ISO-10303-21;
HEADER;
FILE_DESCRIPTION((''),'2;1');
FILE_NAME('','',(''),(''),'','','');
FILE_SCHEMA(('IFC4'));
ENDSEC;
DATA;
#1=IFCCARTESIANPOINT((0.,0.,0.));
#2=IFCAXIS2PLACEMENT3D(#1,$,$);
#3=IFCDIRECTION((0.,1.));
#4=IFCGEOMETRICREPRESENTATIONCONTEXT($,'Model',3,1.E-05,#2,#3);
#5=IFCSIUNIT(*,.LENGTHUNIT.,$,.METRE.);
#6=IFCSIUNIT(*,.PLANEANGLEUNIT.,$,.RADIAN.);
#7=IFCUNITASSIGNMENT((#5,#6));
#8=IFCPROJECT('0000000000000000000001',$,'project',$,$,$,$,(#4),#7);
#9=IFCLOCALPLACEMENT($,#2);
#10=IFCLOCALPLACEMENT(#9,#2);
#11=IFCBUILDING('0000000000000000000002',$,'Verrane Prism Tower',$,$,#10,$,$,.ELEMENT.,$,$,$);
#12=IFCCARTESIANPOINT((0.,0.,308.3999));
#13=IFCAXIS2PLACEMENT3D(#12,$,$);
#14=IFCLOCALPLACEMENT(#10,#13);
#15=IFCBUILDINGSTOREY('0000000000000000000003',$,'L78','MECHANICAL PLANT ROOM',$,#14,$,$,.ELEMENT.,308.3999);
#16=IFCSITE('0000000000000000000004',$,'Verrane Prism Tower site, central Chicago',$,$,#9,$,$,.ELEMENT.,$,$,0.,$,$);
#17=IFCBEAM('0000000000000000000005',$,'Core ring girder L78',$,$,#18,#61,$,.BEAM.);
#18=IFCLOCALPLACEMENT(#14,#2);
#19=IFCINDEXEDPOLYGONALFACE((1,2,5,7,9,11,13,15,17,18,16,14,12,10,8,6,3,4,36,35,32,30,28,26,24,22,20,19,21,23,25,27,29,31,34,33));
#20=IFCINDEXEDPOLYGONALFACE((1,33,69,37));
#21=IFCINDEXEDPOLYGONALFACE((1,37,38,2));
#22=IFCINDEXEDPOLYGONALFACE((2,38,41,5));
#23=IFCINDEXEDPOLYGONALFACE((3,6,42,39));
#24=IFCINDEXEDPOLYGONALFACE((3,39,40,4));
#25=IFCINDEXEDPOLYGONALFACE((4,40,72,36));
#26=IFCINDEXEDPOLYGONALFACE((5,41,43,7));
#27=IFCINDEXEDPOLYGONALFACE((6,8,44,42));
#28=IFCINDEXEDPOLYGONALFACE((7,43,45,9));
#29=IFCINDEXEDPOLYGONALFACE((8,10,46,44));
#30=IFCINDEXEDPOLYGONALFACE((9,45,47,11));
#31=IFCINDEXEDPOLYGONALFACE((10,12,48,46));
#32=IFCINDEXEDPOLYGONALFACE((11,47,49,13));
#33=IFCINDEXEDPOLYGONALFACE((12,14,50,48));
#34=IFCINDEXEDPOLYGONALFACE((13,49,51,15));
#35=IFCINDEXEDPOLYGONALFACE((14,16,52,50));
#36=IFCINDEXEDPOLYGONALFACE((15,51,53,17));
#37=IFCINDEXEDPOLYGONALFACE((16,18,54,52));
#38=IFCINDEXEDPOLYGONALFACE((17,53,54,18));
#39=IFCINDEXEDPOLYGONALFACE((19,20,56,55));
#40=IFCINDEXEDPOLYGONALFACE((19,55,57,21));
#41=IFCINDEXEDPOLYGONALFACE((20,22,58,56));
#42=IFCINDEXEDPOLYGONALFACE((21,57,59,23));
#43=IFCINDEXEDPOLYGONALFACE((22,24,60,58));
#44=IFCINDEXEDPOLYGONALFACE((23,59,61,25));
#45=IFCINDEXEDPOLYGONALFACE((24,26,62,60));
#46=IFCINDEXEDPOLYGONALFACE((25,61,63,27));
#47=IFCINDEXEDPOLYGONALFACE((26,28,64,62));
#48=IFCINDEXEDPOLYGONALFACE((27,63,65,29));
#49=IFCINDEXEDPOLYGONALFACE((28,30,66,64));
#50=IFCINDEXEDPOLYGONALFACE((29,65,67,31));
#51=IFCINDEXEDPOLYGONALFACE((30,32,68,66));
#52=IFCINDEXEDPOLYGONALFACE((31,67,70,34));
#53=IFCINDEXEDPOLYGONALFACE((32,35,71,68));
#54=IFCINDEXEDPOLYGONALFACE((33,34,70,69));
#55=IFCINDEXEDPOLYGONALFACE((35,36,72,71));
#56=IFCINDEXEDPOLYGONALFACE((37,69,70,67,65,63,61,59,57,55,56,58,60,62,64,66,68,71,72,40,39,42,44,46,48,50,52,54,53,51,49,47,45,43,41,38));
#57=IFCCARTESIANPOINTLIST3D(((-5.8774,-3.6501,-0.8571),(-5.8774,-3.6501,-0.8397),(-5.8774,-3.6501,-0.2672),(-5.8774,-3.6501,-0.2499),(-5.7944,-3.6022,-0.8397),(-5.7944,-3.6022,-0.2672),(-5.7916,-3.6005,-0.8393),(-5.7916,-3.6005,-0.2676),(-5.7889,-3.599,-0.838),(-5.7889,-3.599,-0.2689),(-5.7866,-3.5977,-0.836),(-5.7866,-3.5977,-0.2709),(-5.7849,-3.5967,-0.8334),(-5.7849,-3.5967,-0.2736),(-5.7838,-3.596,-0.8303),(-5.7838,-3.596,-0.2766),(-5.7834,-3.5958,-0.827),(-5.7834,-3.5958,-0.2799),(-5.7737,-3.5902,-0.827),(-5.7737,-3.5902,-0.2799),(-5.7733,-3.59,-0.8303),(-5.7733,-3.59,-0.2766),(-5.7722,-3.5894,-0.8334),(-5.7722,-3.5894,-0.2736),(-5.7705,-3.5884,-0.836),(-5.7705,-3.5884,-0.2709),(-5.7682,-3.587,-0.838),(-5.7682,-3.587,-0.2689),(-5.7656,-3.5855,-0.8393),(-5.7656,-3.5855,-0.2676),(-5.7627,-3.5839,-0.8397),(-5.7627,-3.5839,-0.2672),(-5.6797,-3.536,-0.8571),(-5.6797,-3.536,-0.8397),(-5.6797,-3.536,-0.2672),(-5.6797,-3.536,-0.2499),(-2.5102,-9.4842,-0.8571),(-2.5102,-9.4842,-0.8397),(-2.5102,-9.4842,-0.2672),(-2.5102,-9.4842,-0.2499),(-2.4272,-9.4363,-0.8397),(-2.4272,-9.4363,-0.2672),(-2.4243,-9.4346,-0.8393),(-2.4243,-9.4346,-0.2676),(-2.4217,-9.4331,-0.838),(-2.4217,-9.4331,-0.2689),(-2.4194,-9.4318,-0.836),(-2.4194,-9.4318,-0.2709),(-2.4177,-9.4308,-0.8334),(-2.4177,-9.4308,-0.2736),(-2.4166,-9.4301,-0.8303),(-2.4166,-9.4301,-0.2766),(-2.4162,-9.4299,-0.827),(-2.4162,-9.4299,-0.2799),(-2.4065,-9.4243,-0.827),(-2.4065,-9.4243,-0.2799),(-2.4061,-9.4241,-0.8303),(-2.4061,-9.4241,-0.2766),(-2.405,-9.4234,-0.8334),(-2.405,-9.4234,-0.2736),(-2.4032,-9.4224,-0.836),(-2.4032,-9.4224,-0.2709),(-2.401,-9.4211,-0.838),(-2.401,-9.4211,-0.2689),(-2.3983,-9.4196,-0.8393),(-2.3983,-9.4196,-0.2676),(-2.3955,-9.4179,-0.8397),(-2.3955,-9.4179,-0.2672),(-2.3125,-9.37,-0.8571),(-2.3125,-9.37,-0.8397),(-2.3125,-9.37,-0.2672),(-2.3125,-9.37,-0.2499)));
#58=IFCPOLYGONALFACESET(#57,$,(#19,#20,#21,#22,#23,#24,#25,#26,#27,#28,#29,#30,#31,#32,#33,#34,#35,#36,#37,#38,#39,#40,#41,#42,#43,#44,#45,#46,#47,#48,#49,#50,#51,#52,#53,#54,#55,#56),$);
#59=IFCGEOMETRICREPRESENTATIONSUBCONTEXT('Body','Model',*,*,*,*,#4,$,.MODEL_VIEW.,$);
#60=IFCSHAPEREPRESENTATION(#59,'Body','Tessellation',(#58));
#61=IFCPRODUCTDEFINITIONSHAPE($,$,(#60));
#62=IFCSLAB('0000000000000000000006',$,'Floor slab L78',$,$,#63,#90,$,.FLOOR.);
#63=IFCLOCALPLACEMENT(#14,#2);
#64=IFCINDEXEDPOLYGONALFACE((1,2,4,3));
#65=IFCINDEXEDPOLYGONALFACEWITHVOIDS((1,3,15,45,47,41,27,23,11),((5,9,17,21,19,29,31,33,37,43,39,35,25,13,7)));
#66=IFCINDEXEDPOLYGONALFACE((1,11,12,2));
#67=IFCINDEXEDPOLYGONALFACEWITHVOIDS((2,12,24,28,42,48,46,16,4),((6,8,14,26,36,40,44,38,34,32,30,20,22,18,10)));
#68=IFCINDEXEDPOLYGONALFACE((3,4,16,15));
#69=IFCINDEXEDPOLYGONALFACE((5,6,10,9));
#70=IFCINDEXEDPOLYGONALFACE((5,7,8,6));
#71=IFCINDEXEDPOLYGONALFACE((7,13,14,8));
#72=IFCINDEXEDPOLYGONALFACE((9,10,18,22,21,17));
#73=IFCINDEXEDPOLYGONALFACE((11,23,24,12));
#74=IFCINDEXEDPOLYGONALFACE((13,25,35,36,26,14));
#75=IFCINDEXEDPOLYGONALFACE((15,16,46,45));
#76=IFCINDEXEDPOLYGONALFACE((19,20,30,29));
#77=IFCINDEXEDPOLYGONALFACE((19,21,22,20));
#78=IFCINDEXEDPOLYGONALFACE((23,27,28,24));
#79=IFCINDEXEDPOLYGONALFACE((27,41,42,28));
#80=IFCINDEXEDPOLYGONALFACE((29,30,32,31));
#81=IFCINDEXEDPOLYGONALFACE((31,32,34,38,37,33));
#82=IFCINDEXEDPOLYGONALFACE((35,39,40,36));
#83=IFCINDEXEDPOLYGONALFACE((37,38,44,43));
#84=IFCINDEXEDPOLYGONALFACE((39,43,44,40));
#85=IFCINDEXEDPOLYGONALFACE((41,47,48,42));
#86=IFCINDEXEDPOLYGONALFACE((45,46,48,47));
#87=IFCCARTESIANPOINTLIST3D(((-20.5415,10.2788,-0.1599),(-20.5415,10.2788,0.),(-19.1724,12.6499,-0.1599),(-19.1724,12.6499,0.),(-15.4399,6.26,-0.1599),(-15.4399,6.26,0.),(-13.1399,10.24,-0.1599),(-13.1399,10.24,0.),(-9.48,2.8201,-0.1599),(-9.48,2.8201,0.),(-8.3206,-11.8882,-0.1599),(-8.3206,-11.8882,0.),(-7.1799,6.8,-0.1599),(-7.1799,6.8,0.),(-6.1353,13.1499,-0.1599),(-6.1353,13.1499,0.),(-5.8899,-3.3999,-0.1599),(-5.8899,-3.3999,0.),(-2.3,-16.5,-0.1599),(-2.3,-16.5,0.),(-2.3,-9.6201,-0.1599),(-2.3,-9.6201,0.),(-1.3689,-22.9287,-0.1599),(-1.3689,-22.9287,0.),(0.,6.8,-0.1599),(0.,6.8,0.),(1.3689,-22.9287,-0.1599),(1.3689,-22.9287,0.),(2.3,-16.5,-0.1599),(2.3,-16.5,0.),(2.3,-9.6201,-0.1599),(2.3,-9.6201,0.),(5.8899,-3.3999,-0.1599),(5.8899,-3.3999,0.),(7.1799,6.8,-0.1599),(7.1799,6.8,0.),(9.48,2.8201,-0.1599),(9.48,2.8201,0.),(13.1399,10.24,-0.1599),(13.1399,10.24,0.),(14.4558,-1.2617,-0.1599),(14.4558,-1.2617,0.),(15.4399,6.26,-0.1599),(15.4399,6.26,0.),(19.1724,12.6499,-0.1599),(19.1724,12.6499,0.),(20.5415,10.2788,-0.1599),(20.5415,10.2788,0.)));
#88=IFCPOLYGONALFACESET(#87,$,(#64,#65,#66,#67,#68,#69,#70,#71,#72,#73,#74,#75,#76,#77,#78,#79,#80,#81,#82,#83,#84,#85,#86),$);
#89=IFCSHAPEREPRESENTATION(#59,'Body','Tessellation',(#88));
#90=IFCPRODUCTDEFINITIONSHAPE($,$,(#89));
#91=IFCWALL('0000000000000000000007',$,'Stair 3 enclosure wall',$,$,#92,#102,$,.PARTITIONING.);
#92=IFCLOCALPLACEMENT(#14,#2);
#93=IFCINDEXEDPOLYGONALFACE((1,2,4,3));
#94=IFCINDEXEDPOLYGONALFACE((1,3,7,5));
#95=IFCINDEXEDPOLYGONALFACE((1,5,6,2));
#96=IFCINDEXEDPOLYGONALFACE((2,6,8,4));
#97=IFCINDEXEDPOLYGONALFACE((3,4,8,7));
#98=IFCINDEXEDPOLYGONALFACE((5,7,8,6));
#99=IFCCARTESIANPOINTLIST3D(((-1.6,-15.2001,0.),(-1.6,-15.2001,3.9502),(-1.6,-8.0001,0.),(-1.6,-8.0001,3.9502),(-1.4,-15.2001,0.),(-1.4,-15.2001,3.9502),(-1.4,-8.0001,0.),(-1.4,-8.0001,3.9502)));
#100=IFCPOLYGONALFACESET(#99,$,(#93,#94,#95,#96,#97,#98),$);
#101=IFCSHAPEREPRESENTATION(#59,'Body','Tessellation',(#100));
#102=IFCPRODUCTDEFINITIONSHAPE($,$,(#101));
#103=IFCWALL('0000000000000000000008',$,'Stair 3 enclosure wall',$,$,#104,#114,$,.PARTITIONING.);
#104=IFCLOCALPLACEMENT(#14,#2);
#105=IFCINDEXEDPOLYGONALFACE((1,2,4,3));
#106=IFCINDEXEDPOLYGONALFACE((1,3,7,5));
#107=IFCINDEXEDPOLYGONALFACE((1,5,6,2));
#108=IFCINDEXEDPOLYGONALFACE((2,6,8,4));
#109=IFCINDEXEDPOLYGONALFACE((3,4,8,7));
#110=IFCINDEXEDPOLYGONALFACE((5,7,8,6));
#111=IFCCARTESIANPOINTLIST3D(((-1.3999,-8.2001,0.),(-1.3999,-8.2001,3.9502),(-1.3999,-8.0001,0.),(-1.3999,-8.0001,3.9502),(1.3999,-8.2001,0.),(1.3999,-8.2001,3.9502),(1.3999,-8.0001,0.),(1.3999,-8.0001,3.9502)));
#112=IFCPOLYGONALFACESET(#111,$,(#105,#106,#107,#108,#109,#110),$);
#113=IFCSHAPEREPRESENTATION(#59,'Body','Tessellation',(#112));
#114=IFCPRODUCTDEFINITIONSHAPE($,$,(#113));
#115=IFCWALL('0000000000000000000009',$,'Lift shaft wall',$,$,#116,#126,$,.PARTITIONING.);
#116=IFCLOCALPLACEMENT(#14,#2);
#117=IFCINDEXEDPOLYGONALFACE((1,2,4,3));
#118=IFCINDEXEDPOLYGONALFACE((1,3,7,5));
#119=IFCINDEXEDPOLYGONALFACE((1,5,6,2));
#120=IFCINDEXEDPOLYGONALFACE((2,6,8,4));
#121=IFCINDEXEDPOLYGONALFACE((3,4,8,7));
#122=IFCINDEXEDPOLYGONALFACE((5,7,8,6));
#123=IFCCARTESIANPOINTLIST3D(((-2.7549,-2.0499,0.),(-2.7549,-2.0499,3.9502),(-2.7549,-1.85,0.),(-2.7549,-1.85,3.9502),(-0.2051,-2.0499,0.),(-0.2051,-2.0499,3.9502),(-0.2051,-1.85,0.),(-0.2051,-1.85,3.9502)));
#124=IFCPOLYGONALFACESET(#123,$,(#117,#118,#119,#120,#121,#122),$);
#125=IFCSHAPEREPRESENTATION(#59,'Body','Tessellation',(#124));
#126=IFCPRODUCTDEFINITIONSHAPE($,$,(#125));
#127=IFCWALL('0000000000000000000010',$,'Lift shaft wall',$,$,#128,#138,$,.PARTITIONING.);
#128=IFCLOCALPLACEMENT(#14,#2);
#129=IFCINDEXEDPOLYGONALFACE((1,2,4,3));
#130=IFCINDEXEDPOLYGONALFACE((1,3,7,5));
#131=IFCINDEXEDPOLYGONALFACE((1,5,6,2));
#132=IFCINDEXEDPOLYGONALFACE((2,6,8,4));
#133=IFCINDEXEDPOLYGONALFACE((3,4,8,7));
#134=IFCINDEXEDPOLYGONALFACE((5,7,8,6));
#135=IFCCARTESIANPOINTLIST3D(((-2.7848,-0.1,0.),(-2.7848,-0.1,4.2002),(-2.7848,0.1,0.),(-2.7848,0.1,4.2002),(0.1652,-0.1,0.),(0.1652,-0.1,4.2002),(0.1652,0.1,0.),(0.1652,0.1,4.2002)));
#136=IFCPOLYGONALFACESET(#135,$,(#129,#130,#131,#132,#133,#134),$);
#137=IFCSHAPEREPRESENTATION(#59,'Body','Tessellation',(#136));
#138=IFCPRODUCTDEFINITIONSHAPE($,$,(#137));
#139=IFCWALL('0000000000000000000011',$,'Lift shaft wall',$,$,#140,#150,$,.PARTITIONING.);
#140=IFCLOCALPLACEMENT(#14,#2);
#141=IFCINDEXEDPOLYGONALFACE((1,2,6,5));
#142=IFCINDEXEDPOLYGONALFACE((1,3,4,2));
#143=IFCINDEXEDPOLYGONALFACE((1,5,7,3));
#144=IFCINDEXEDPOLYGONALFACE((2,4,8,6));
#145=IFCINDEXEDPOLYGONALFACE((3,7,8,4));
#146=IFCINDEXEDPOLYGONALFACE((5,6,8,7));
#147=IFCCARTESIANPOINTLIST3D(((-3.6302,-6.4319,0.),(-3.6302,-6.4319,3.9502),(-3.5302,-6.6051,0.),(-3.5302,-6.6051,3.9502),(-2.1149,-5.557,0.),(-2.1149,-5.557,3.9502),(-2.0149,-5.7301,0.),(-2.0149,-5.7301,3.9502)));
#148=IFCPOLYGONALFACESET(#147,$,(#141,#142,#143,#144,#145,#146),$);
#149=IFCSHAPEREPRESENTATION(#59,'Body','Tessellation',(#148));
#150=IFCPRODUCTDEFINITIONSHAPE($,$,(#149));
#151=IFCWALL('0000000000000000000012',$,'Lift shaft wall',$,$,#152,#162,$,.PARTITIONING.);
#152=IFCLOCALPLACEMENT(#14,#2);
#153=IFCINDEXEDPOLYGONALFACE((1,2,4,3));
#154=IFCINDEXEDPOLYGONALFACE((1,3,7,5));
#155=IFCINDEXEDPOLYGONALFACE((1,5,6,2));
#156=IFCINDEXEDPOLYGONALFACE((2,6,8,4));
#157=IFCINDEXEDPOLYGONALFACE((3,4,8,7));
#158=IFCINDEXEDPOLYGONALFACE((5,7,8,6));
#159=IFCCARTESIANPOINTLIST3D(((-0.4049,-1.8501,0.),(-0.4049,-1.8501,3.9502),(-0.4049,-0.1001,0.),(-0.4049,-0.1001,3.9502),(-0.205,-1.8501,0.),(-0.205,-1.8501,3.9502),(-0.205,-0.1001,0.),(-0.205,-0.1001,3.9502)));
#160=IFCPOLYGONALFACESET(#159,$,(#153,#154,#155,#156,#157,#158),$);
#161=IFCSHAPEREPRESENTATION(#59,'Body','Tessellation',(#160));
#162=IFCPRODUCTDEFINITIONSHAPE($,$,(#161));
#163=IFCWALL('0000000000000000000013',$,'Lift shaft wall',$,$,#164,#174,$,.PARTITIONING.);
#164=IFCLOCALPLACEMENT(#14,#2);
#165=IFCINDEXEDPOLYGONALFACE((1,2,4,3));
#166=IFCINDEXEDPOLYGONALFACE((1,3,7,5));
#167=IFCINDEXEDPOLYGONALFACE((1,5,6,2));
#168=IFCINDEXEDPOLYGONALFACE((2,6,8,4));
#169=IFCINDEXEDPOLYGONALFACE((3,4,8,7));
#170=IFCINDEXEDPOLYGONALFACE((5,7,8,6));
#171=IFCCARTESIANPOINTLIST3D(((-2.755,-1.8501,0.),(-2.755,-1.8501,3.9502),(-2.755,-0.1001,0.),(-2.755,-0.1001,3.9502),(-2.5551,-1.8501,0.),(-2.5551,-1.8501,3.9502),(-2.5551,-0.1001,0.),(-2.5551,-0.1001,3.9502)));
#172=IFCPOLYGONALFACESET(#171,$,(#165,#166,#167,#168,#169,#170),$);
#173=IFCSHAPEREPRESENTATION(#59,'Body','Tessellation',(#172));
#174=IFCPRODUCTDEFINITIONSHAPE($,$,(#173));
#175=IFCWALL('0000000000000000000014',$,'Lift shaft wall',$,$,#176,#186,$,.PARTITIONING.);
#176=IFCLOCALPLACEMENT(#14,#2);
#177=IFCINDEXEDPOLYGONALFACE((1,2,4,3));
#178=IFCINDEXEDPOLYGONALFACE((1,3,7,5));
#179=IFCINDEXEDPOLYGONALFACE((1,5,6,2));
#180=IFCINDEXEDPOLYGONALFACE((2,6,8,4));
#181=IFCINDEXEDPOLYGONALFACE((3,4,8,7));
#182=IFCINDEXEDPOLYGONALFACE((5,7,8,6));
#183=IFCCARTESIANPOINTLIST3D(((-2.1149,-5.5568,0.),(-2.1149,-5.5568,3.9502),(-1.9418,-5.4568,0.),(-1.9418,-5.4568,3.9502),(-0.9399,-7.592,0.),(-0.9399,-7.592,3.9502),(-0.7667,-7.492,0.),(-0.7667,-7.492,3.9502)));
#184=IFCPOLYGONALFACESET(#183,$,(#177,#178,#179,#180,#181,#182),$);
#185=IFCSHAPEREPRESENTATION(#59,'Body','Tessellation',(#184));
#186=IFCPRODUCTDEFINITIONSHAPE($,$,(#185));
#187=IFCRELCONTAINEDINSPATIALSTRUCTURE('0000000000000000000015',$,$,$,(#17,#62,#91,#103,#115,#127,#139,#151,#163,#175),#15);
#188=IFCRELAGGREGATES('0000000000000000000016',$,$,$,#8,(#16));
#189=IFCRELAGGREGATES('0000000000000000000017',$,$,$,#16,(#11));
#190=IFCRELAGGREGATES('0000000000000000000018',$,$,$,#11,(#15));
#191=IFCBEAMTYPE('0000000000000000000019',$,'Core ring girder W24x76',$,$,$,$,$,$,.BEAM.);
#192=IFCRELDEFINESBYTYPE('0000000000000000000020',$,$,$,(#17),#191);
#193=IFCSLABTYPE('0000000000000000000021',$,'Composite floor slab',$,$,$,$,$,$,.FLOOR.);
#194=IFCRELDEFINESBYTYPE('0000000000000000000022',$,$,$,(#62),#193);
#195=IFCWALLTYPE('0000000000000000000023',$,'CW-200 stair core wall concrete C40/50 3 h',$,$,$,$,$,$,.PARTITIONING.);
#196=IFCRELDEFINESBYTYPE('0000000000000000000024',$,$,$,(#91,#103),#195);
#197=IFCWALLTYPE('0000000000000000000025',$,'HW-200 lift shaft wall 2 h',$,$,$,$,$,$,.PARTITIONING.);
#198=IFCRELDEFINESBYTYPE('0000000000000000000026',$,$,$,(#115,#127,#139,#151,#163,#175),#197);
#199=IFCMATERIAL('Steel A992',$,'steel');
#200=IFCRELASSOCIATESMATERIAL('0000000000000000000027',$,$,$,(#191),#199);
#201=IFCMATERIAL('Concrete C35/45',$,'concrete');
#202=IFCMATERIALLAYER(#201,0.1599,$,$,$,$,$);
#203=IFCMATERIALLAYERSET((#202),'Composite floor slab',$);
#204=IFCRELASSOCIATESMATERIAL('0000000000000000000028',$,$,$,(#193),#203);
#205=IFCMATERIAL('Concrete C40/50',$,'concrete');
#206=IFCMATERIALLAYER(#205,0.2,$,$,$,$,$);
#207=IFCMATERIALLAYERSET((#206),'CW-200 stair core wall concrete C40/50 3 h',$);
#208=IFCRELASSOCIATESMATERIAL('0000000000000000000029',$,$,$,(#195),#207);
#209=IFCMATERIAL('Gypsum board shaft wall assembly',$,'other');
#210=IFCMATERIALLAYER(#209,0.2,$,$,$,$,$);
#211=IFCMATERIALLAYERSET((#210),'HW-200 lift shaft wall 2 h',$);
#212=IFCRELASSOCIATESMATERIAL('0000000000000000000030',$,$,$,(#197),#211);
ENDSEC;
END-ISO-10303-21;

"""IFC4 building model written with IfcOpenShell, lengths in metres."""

from ifc_helpers import new_model, si_unit, direction, frame, frame_2d, origin, origin_2d, place, context, subcontext, project, spatial, polyline, rectangle, i_section, outline, extrude, material, layer, layer_set, material_profile, profile_set, type_object, element, save


model = new_model("IFC4")

# Units and contexts
model_context = context("Model", 3, precision=1e-05, world=origin(), true_north=direction((0.0, 1.0)))
body_context = subcontext(model_context, "Body", "Model", "MODEL_VIEW")
ifc_project = project(units=[si_unit("LENGTHUNIT", "METRE"), si_unit("PLANEANGLEUNIT", "RADIAN")], contexts=[model_context])

# Site, building, storey
site_placement = place(None, origin())
site = spatial("IfcSite", under=ifc_project, at=site_placement, Name="Verrane Prism Tower site, central Chicago", CompositionType="ELEMENT", RefElevation=0.0)
building_placement = place(site_placement, origin())
building = spatial("IfcBuilding", under=site, at=building_placement, Name="Verrane Prism Tower", CompositionType="ELEMENT")
storey_placement = place(building_placement, frame((0.0, 0.0, 308.3999)))
storey = spatial("IfcBuildingStorey", under=building, at=storey_placement, Name="L78", Description="MECHANICAL PLANT ROOM", CompositionType="ELEMENT", Elevation=308.3999)

# Beam
ifc_material_1 = material(Name="Steel A992", Category="steel")
ifc_material_profile = material_profile(ifc_material_1, i_section(OverallWidth=0.2283, OverallDepth=0.6072, WebThickness=0.0112, FlangeThickness=0.0173, FilletRadius=0.0127, at=origin_2d()), Name="W24x76")
ifc_profile_set = profile_set([ifc_material_profile], Name="Steel A992")
beam_type = type_object("IfcBeamType", Name="Core ring girder W24x76", PredefinedType="BEAM", material=ifc_profile_set)
beam_placement = place(storey_placement, frame((-5.7786, -3.593, -0.5535), z_axis=(0.499881, -0.866094, 0.0), x_axis=(0.866094, 0.499881, 0.0)))
element("IfcBeam", 1, at=beam_placement, inside=storey, type_object=beam_type, Name="Core ring girder L78", PredefinedType="BEAM", context=body_context, shape_type="SweptSolid", body=[
    extrude(i_section(OverallWidth=0.2283, OverallDepth=0.6072, WebThickness=0.0112, FlangeThickness=0.0173, FilletRadius=0.0127, at=origin_2d()), origin(), (0.0, 0.0, 1.0), 6.7361),
])

# Slab
ifc_material_2 = material(Name="Concrete C35/45", Category="concrete")
ifc_layer_1 = layer(ifc_material_2, 0.1599)
ifc_layer_set_1 = layer_set([ifc_layer_1], Name="Composite floor slab")
slab_type = type_object("IfcSlabType", Name="Composite floor slab", PredefinedType="FLOOR", material=ifc_layer_set_1)
slab_placement = place(storey_placement, frame((0.0, 0.0, -0.1599)))
element("IfcSlab", 2, at=slab_placement, inside=storey, type_object=slab_type, Name="Floor slab L78", PredefinedType="FLOOR", context=body_context, shape_type="SweptSolid", body=[
    extrude(outline(polyline([(14.4558, -1.2617), (1.3689, -22.9287), (-1.3689, -22.9287), (-8.3206, -11.8882), (-20.5415, 10.2788), (-19.1724, 12.6499), (-6.1353, 13.1499), (19.1724, 12.6499), (20.5415, 10.2788), (14.4558, -1.2617)]), holes=[polyline([(15.4399, 6.26), (13.1399, 10.24), (7.1799, 6.8), (0.0, 6.8), (-7.1799, 6.8), (-13.1399, 10.24), (-15.4399, 6.26), (-9.48, 2.8201), (-5.8899, -3.3999), (-2.3, -9.6201), (-2.3, -16.5), (2.3, -16.5), (2.3, -9.6201), (5.8899, -3.3999), (9.48, 2.8201), (15.4399, 6.26)])]), origin(), (0.0, 0.0, 1.0), 0.1599),
])

# Walls
ifc_material_3 = material(Name="Concrete C40/50", Category="concrete")
ifc_layer_2 = layer(ifc_material_3, 0.2)
ifc_layer_set_2 = layer_set([ifc_layer_2], Name="CW-200 stair core wall concrete C40/50 3 h")
wall_type_1 = type_object("IfcWallType", Name="CW-200 stair core wall concrete C40/50 3 h", PredefinedType="PARTITIONING", material=ifc_layer_set_2)
wall_1_placement = place(storey_placement, frame((-1.5, -8.0, 0.0), z_axis=(0.0, 0.0, 1.0), x_axis=(0.0, -1.0, 0.0)))
element("IfcWall", 3, at=wall_1_placement, inside=storey, type_object=wall_type_1, Name="Stair 3 enclosure wall", PredefinedType="PARTITIONING", context=body_context, shape_type="SweptSolid", body=[
    extrude(rectangle(XDim=7.2, YDim=0.2, at=frame_2d((3.6001, 0.0))), origin(), (0.0, 0.0, 1.0), 3.9502),
])
wall_2_placement = place(storey_placement, frame((-1.3999, -8.1001, 0.0), z_axis=(0.0, 0.0, 1.0), x_axis=(1.0, 0.0, 0.0)))
element("IfcWall", 4, at=wall_2_placement, inside=storey, type_object=wall_type_1, Name="Stair 3 enclosure wall", PredefinedType="PARTITIONING", context=body_context, shape_type="SweptSolid", body=[
    extrude(rectangle(XDim=2.7998, YDim=0.2, at=frame_2d((1.3999, 0.0))), origin(), (0.0, 0.0, 1.0), 3.9502),
])
ifc_material_4 = material(Name="Gypsum board shaft wall assembly", Category="other")
ifc_layer_3 = layer(ifc_material_4, 0.2)
ifc_layer_set_3 = layer_set([ifc_layer_3], Name="HW-200 lift shaft wall 2 h")
wall_type_2 = type_object("IfcWallType", Name="HW-200 lift shaft wall 2 h", PredefinedType="PARTITIONING", material=ifc_layer_set_3)
wall_3_placement = place(storey_placement, frame((-2.7549, -1.95, 0.0), z_axis=(0.0, 0.0, 1.0), x_axis=(1.0, 0.0, 0.0)))
element("IfcWall", 5, at=wall_3_placement, inside=storey, type_object=wall_type_2, Name="Lift shaft wall", PredefinedType="PARTITIONING", context=body_context, shape_type="SweptSolid", body=[
    extrude(rectangle(XDim=2.5498, YDim=0.2, at=frame_2d((1.2749, 0.0))), origin(), (0.0, 0.0, 1.0), 3.9502),
])
wall_4_placement = place(storey_placement, frame((-2.7849, 0.0, 0.0), z_axis=(0.0, 0.0, 1.0), x_axis=(1.0, 0.0, 0.0)))
element("IfcWall", 6, at=wall_4_placement, inside=storey, type_object=wall_type_2, Name="Lift shaft wall", PredefinedType="PARTITIONING", context=body_context, shape_type="SweptSolid", body=[
    extrude(rectangle(XDim=2.95, YDim=0.2, at=frame_2d((1.4751, 0.0))), origin(), (0.0, 0.0, 1.0), 4.2002),
])
wall_5_placement = place(storey_placement, frame((-3.5803, -6.5186, 0.0), z_axis=(0.0, 0.0, 1.0), x_axis=(0.866002, 0.50004, 0.0)))
element("IfcWall", 7, at=wall_5_placement, inside=storey, type_object=wall_type_2, Name="Lift shaft wall", PredefinedType="PARTITIONING", context=body_context, shape_type="SweptSolid", body=[
    extrude(rectangle(XDim=1.7498, YDim=0.2, at=frame_2d((0.875, 0.0))), origin(), (0.0, 0.0, 1.0), 3.9502),
])
for number, where, z_axis, x_axis, name in (
    (8, (-0.3049, -1.8501, 0.0), (0.0, 0.0, 1.0), (0.0, 1.0, 0.0), "Lift shaft wall"),
    (9, (-2.655, -1.8501, 0.0), (0.0, 0.0, 1.0), (0.0, 1.0, 0.0), "Lift shaft wall"),
):
    element("IfcWall", number, at=place(storey_placement, frame(where, z_axis=z_axis, x_axis=x_axis)), inside=storey, type_object=wall_type_2, Name=name, PredefinedType="PARTITIONING", context=body_context, shape_type="SweptSolid", body=[
        extrude(rectangle(XDim=1.75, YDim=0.2, at=frame_2d((0.875, 0.0))), origin(), (0.0, 0.0, 1.0), 3.9502),
    ])
wall_6_placement = place(storey_placement, frame((-0.8533, -7.542, 0.0), z_axis=(0.0, 0.0, 1.0), x_axis=(-0.500016, 0.866016, 0.0)))
element("IfcWall", 10, at=wall_6_placement, inside=storey, type_object=wall_type_2, Name="Lift shaft wall", PredefinedType="PARTITIONING", context=body_context, shape_type="SweptSolid", body=[
    extrude(rectangle(XDim=2.3501, YDim=0.2, at=frame_2d((1.175, 0.0))), origin(), (0.0, 0.0, 1.0), 3.9502),
])

save(model, "model.ifc")
